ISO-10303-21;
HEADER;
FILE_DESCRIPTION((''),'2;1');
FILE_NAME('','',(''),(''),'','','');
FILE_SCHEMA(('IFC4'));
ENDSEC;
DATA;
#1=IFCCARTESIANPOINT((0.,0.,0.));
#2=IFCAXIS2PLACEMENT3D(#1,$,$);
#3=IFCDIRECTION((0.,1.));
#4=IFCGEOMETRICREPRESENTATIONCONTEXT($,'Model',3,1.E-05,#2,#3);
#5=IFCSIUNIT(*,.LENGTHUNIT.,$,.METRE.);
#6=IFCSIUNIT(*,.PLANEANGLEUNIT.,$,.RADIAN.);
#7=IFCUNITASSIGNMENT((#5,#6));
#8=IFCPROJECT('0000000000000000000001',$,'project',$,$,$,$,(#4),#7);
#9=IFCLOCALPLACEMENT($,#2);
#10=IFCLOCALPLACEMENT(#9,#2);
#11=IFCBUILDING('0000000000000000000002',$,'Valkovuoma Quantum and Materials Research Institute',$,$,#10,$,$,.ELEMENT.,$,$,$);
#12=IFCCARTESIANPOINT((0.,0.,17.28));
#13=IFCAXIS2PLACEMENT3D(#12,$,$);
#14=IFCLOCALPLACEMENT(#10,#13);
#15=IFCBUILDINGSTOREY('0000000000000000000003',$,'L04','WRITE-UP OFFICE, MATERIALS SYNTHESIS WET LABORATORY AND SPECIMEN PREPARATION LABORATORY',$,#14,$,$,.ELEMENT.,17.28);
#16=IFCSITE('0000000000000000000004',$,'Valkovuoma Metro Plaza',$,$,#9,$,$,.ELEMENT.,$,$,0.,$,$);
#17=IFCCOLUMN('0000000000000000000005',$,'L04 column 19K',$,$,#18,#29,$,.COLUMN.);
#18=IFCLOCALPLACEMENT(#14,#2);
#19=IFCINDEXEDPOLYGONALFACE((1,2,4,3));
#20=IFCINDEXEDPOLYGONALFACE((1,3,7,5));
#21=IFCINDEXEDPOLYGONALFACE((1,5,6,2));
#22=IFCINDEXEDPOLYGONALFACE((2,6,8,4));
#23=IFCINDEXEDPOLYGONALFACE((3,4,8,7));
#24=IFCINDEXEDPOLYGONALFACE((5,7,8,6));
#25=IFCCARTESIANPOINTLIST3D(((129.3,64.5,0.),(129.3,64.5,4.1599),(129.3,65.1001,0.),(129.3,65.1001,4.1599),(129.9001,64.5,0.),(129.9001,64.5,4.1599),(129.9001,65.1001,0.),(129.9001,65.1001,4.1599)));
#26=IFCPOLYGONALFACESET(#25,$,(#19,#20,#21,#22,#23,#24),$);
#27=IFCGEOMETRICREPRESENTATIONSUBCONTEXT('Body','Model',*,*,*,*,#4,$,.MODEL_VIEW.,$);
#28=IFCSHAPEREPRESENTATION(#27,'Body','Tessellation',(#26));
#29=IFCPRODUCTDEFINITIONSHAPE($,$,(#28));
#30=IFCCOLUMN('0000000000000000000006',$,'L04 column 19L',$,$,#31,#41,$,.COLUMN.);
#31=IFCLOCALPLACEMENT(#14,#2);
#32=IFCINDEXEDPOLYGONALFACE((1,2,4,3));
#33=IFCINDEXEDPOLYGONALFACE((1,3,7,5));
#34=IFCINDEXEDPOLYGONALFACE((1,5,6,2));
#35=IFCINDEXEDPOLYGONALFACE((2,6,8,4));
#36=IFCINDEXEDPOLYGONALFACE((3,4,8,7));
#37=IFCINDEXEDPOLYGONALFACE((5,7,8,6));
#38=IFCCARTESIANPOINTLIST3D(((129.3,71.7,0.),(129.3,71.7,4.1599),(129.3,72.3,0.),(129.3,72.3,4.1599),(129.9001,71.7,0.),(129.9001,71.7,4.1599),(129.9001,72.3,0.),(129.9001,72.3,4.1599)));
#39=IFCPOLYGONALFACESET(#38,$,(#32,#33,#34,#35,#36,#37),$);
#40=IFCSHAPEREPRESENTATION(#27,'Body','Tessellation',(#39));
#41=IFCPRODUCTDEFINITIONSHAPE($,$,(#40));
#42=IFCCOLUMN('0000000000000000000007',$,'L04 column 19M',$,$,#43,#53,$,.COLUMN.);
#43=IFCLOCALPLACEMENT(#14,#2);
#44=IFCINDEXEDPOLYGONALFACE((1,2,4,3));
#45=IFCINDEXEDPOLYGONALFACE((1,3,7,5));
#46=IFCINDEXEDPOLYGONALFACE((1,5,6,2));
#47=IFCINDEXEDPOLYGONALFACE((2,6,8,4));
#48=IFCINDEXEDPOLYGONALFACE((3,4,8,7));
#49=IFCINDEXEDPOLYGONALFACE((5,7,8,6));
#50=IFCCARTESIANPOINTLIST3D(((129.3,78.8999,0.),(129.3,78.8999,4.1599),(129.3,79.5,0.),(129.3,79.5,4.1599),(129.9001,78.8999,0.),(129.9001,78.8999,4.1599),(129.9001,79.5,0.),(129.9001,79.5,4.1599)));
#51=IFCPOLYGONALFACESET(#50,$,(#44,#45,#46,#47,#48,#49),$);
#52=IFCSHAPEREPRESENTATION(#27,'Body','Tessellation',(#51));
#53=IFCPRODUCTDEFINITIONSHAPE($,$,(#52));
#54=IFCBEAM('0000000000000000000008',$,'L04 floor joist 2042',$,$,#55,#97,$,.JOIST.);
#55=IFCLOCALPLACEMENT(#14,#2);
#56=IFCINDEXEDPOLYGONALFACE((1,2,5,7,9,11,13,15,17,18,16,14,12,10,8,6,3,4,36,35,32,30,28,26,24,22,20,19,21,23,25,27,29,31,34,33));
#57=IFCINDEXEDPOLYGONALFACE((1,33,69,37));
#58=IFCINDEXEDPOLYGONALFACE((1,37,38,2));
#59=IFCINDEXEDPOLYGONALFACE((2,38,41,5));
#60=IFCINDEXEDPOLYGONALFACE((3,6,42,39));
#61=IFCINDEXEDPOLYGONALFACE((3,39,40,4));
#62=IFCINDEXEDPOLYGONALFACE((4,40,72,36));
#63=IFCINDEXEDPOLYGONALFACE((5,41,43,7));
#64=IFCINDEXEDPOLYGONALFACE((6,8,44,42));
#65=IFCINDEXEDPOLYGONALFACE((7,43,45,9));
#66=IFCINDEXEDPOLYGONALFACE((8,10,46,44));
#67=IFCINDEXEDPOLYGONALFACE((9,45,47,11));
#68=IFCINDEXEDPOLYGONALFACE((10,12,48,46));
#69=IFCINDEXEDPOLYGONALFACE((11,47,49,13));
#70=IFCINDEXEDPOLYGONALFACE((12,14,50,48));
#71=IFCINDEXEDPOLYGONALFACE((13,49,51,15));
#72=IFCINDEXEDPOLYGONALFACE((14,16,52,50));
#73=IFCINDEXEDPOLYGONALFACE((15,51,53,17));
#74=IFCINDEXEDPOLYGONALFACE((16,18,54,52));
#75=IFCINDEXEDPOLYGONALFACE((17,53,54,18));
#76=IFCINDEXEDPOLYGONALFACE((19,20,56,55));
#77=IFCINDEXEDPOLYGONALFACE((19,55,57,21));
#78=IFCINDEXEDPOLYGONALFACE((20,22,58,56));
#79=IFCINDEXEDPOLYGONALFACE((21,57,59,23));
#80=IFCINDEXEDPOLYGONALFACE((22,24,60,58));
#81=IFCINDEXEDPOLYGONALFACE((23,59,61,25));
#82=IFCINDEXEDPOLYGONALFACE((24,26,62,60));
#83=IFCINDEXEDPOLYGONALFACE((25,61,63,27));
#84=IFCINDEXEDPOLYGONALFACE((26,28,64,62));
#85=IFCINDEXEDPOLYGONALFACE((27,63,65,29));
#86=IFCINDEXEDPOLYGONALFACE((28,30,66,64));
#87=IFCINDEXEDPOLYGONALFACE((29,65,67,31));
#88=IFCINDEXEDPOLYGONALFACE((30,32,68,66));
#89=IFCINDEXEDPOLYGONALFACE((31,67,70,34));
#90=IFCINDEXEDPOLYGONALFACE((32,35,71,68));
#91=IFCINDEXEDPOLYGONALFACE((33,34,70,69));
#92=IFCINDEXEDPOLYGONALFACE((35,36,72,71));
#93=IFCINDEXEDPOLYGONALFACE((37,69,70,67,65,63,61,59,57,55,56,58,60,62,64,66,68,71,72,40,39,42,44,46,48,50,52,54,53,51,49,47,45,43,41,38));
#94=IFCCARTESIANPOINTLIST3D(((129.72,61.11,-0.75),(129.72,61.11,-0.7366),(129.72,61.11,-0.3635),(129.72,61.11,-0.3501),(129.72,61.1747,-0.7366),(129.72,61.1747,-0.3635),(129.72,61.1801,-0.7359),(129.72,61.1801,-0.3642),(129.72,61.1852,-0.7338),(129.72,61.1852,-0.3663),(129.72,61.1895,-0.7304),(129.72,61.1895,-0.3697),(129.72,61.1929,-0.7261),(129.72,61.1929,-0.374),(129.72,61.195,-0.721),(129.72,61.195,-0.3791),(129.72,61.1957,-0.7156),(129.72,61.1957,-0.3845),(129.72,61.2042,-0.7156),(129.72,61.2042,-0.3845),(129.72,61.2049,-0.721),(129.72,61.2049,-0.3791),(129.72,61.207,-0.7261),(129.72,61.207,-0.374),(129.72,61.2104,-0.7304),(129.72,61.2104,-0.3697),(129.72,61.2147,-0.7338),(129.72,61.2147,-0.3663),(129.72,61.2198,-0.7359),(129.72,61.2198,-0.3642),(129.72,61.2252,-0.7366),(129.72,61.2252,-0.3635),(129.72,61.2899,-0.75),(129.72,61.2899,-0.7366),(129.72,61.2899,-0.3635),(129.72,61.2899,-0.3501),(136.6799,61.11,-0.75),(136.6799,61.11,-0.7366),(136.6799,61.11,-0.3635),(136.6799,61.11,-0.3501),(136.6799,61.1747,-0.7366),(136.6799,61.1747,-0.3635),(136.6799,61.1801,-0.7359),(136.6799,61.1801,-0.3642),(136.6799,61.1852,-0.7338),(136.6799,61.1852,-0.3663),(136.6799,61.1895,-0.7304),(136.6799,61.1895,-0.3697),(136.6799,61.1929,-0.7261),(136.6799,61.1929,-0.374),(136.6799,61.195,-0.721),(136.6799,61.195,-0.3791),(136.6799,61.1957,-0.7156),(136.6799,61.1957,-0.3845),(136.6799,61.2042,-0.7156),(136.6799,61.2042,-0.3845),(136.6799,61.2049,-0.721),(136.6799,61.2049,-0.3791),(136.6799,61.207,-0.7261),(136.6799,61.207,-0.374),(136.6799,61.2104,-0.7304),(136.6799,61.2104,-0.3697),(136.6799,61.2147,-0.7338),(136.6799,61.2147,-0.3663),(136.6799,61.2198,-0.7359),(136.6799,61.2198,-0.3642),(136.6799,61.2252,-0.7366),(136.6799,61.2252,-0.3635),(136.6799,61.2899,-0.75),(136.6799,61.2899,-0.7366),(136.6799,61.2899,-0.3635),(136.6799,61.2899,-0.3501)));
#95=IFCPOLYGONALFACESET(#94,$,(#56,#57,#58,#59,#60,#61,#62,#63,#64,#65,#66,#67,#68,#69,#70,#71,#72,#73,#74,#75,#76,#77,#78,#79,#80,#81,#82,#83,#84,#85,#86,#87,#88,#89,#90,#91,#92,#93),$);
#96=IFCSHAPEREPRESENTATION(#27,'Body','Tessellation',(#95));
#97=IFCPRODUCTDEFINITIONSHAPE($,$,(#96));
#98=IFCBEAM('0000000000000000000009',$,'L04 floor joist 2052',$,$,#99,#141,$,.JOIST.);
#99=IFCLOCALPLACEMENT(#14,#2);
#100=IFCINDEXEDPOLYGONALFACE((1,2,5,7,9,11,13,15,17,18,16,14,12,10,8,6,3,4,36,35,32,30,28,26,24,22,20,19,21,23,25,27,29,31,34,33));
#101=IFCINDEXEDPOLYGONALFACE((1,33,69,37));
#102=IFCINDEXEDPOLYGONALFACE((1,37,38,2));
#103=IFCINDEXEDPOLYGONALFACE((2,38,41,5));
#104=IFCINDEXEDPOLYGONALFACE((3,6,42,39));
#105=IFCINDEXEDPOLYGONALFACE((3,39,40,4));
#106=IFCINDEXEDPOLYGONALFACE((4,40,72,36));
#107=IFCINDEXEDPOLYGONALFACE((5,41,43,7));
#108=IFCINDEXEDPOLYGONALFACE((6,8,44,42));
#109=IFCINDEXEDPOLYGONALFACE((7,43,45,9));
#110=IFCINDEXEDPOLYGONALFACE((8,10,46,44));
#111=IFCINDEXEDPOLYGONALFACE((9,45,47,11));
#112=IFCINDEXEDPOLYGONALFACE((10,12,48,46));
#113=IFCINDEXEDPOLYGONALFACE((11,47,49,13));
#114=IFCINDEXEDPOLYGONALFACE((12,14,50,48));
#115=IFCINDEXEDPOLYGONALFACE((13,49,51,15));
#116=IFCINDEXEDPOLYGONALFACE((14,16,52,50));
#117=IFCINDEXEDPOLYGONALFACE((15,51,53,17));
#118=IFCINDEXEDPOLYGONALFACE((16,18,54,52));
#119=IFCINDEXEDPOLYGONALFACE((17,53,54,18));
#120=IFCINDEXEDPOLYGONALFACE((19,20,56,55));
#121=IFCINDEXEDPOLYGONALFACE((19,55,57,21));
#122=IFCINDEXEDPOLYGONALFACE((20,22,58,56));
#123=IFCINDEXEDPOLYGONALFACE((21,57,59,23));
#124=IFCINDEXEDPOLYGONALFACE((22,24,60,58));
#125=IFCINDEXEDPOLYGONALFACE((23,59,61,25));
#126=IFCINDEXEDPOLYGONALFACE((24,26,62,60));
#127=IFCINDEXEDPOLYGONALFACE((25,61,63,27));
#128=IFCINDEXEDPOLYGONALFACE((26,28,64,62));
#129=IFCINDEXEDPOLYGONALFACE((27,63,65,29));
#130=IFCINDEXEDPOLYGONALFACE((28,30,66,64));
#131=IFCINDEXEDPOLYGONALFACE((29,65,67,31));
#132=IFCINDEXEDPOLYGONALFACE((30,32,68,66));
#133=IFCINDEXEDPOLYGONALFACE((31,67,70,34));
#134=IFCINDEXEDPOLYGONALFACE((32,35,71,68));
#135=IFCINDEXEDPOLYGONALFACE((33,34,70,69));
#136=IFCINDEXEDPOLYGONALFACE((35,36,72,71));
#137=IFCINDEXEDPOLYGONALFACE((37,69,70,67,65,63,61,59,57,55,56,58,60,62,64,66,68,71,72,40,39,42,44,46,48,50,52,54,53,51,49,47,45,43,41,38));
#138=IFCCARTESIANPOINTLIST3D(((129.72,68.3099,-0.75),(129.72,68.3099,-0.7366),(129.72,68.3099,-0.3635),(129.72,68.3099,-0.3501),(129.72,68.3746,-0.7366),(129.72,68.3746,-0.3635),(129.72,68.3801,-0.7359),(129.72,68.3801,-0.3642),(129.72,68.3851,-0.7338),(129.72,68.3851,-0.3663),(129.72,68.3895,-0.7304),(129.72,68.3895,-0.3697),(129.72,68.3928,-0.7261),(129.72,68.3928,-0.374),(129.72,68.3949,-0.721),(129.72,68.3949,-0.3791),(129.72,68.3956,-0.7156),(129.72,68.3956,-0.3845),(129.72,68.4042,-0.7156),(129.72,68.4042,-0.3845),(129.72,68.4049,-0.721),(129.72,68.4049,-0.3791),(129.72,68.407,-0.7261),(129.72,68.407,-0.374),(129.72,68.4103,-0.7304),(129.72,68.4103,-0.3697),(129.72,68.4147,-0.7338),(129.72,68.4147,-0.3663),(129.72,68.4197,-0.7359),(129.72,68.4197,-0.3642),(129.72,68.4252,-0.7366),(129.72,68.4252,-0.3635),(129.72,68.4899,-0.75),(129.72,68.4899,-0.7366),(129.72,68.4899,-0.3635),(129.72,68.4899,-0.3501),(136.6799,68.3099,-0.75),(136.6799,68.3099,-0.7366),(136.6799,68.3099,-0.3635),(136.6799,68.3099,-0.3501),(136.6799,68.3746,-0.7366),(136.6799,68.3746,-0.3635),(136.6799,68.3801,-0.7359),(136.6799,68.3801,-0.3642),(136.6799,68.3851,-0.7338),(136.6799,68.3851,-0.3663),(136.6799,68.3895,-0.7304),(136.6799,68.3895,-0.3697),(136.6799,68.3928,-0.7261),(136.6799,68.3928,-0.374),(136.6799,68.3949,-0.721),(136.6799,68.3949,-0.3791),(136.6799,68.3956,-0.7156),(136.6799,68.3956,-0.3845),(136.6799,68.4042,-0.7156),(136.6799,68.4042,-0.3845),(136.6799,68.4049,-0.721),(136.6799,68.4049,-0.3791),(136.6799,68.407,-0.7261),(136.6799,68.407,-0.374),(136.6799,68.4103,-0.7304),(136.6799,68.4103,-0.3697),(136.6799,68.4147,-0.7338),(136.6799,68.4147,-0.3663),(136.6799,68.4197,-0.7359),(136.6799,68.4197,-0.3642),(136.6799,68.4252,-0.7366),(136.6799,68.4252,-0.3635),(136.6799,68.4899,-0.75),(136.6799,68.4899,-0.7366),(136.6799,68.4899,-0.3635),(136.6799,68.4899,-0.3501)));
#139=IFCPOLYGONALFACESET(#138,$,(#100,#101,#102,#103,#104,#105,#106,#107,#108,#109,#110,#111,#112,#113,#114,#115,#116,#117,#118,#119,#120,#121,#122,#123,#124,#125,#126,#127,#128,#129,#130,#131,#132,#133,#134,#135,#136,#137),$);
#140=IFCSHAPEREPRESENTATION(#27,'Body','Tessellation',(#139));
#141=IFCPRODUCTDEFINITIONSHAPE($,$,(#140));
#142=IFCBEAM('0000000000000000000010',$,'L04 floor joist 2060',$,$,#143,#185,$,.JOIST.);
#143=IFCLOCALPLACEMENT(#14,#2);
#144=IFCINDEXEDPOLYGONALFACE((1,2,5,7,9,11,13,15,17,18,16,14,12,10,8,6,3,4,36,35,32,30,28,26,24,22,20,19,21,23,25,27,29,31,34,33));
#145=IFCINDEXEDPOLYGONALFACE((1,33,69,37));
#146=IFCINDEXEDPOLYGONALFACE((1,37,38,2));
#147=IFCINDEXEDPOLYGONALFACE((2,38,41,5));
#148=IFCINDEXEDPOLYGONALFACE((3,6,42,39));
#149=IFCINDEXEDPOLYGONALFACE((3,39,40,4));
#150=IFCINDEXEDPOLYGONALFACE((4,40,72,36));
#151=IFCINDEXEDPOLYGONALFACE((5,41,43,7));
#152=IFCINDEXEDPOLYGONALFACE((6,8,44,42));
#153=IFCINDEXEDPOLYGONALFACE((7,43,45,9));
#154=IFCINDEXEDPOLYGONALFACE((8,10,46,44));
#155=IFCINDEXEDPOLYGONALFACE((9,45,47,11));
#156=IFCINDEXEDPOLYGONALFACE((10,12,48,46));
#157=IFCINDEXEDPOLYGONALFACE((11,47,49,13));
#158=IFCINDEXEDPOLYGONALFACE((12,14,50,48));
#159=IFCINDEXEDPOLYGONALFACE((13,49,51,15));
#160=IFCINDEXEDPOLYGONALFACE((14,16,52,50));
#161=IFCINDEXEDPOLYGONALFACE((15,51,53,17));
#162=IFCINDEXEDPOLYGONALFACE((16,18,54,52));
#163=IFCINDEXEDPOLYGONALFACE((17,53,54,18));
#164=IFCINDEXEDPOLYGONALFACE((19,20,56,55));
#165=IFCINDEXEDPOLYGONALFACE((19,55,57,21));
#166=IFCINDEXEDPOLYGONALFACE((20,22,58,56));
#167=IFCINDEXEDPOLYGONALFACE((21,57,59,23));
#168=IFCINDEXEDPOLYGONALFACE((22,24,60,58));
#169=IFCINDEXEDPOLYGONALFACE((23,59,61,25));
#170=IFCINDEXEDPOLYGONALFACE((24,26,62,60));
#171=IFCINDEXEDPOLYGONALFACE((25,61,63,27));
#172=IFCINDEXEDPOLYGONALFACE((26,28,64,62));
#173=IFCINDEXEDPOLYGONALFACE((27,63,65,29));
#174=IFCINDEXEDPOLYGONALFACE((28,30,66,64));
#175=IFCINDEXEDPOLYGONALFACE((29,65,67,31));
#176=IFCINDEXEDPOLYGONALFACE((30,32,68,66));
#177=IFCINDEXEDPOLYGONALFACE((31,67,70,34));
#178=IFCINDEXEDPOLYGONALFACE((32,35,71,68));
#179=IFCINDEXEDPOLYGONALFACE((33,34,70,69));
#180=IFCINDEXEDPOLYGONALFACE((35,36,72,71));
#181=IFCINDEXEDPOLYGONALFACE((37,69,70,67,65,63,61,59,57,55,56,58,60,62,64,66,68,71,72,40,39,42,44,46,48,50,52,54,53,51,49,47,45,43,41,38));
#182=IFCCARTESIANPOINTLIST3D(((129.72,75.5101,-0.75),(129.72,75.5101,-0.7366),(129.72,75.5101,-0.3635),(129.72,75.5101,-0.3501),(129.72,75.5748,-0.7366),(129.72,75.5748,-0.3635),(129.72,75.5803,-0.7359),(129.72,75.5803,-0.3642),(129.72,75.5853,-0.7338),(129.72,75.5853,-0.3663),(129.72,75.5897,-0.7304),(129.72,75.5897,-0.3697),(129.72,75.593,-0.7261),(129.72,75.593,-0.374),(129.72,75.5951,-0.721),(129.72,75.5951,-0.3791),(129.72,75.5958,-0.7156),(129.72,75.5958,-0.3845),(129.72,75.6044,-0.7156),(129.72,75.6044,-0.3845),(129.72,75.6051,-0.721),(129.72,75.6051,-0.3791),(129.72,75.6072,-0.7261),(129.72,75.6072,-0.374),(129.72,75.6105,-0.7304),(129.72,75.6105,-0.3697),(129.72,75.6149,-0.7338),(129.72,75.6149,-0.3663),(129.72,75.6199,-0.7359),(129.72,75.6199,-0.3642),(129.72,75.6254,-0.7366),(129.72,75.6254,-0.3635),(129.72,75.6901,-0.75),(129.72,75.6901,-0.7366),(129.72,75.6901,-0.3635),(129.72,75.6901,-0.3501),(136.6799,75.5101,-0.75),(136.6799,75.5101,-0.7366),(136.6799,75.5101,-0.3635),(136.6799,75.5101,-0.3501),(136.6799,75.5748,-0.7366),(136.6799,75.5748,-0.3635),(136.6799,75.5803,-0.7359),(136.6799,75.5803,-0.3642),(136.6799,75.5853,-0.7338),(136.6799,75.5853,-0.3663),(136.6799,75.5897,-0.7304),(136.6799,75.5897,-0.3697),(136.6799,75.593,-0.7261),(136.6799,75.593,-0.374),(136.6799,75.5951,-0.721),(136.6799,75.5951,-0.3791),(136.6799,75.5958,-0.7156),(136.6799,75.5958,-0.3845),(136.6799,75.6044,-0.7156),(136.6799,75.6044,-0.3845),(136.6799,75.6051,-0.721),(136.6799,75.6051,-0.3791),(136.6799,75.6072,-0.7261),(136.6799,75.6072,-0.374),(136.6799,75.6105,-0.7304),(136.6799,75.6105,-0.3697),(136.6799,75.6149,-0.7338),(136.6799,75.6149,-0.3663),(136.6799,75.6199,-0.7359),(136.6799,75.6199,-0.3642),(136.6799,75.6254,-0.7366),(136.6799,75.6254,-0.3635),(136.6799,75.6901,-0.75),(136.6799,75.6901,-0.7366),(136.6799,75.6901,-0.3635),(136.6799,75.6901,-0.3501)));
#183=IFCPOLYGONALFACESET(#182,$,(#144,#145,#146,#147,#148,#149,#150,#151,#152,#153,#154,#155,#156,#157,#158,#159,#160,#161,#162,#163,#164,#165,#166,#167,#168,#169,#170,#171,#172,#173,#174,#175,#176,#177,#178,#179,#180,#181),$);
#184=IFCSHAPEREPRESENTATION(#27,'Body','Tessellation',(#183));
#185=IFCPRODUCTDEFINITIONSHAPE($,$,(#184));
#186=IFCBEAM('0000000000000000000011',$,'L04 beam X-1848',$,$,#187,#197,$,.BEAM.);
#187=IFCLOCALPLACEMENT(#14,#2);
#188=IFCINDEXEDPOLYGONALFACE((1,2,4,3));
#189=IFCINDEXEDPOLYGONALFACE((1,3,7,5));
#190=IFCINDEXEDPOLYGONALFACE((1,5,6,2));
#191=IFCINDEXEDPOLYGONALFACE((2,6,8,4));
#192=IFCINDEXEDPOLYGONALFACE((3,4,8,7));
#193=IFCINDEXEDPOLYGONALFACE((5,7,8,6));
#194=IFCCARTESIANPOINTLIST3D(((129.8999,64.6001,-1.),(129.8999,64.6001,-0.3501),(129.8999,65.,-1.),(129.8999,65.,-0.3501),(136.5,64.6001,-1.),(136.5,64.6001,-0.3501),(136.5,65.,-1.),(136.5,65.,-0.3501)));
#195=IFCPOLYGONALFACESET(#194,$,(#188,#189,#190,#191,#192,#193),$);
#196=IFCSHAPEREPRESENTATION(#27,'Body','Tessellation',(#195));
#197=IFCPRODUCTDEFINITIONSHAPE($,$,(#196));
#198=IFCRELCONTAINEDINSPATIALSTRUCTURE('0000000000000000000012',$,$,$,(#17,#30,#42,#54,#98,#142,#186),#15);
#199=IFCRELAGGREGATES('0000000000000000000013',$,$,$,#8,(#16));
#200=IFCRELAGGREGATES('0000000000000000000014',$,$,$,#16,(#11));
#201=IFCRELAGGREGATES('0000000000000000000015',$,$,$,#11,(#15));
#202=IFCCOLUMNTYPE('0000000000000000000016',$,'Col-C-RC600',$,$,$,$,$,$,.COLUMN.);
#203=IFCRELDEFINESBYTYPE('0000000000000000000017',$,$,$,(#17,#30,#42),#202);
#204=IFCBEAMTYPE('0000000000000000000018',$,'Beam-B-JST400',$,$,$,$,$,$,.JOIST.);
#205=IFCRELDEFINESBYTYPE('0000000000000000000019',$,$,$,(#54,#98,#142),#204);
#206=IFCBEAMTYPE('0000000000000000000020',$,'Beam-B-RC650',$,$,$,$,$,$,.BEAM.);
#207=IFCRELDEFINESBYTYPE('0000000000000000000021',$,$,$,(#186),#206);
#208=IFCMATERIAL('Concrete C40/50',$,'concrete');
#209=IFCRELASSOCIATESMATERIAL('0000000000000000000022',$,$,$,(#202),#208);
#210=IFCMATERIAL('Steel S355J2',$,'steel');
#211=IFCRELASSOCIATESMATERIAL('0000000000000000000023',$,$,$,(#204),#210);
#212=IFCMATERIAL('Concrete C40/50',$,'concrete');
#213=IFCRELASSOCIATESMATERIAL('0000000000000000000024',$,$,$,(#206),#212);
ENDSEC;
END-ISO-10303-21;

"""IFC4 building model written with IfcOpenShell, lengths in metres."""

from ifc_helpers import new_model, si_unit, direction, frame, origin, origin_2d, place, context, subcontext, project, spatial, rectangle, i_section, extrude, material, material_profile, profile_set, type_object, element, save


model = new_model("IFC4")

# Units and contexts
model_context = context("Model", 3, precision=1e-05, world=origin(), true_north=direction((0.0, 1.0)))
body_context = subcontext(model_context, "Body", "Model", "MODEL_VIEW")
ifc_project = project(units=[si_unit("LENGTHUNIT", "METRE"), si_unit("PLANEANGLEUNIT", "RADIAN")], contexts=[model_context])

# Site, building, storey
site_placement = place(None, origin())
site = spatial("IfcSite", under=ifc_project, at=site_placement, Name="Valkovuoma Metro Plaza", CompositionType="ELEMENT", RefElevation=0.0)
building_placement = place(site_placement, origin())
building = spatial("IfcBuilding", under=site, at=building_placement, Name="Valkovuoma Quantum and Materials Research Institute", CompositionType="ELEMENT")
storey_placement = place(building_placement, frame((0.0, 0.0, 17.28)))
storey = spatial("IfcBuildingStorey", under=building, at=storey_placement, Name="L04", Description="WRITE-UP OFFICE, MATERIALS SYNTHESIS WET LABORATORY AND SPECIMEN PREPARATION LABORATORY", CompositionType="ELEMENT", Elevation=17.28)

# Columns
ifc_material_1 = material(Name="Concrete C40/50", Category="concrete")
ifc_material_profile_1 = material_profile(ifc_material_1, rectangle(XDim=0.6001, YDim=0.6001, at=origin_2d()), Name="Concrete C40/50")
ifc_profile_set_1 = profile_set([ifc_material_profile_1], Name="Concrete C40/50")
column_type = type_object("IfcColumnType", Name="Col-C-RC600", PredefinedType="COLUMN", material=ifc_profile_set_1)
for number, where, z_axis, x_axis, name in (
    (1, (129.6001, 64.8, 0.0), (0.0, 0.0, 1.0), (1.0, 0.0, 0.0), "L04 column 19K"),
    (2, (129.6001, 72.0, 0.0), (0.0, 0.0, 1.0), (1.0, 0.0, 0.0), "L04 column 19L"),
    (3, (129.6001, 79.2, 0.0), (0.0, 0.0, 1.0), (1.0, 0.0, 0.0), "L04 column 19M"),
):
    element("IfcColumn", number, at=place(storey_placement, frame(where, z_axis=z_axis, x_axis=x_axis)), inside=storey, type_object=column_type, Name=name, PredefinedType="COLUMN", context=body_context, shape_type="SweptSolid", body=[
        extrude(rectangle(XDim=0.6001, YDim=0.6001, at=origin_2d()), origin(), (0.0, 0.0, 1.0), 4.1599),
    ])

# Beams
ifc_material_2 = material(Name="Steel S355J2", Category="steel")
ifc_material_profile_2 = material_profile(ifc_material_2, i_section(OverallWidth=0.1799, OverallDepth=0.3999, WebThickness=0.0085, FlangeThickness=0.0134, FilletRadius=0.021, at=origin_2d()), Name="Steel S355J2")
ifc_profile_set_2 = profile_set([ifc_material_profile_2], Name="Steel S355J2")
beam_type_1 = type_object("IfcBeamType", Name="Beam-B-JST400", PredefinedType="JOIST", material=ifc_profile_set_2)
for number, where, z_axis, x_axis, name in (
    (4, (129.72, 61.2, -0.55), (1.0, 0.0, 0.0), (0.0, 1.0, 0.0), "L04 floor joist 2042"),
    (5, (129.72, 68.3999, -0.55), (1.0, 0.0, 0.0), (0.0, 1.0, 0.0), "L04 floor joist 2052"),
    (6, (129.72, 75.6001, -0.55), (1.0, 0.0, 0.0), (0.0, 1.0, 0.0), "L04 floor joist 2060"),
):
    element("IfcBeam", number, at=place(storey_placement, frame(where, z_axis=z_axis, x_axis=x_axis)), inside=storey, type_object=beam_type_1, Name=name, PredefinedType="JOIST", context=body_context, shape_type="SweptSolid", body=[
        extrude(i_section(OverallWidth=0.1799, OverallDepth=0.3999, WebThickness=0.0085, FlangeThickness=0.0134, FilletRadius=0.021, at=origin_2d()), origin(), (0.0, 0.0, 1.0), 6.96),
    ])
ifc_material_3 = material(Name="Concrete C40/50", Category="concrete")
ifc_material_profile_3 = material_profile(ifc_material_3, rectangle(XDim=0.3999, YDim=0.6499, at=origin_2d()), Name="Concrete C40/50")
ifc_profile_set_3 = profile_set([ifc_material_profile_3], Name="Concrete C40/50")
beam_type_2 = type_object("IfcBeamType", Name="Beam-B-RC650", PredefinedType="BEAM", material=ifc_profile_set_3)
beam_1_placement = place(storey_placement, frame((129.8999, 64.8, -0.675), z_axis=(1.0, 0.0, 0.0), x_axis=(0.0, 1.0, 0.0)))
element("IfcBeam", 7, at=beam_1_placement, inside=storey, type_object=beam_type_2, Name="L04 beam X-1848", PredefinedType="BEAM", context=body_context, shape_type="SweptSolid", body=[
    extrude(rectangle(XDim=0.3999, YDim=0.6499, at=origin_2d()), origin(), (0.0, 0.0, 1.0), 6.6001),
])

save(model, "model.ifc")
